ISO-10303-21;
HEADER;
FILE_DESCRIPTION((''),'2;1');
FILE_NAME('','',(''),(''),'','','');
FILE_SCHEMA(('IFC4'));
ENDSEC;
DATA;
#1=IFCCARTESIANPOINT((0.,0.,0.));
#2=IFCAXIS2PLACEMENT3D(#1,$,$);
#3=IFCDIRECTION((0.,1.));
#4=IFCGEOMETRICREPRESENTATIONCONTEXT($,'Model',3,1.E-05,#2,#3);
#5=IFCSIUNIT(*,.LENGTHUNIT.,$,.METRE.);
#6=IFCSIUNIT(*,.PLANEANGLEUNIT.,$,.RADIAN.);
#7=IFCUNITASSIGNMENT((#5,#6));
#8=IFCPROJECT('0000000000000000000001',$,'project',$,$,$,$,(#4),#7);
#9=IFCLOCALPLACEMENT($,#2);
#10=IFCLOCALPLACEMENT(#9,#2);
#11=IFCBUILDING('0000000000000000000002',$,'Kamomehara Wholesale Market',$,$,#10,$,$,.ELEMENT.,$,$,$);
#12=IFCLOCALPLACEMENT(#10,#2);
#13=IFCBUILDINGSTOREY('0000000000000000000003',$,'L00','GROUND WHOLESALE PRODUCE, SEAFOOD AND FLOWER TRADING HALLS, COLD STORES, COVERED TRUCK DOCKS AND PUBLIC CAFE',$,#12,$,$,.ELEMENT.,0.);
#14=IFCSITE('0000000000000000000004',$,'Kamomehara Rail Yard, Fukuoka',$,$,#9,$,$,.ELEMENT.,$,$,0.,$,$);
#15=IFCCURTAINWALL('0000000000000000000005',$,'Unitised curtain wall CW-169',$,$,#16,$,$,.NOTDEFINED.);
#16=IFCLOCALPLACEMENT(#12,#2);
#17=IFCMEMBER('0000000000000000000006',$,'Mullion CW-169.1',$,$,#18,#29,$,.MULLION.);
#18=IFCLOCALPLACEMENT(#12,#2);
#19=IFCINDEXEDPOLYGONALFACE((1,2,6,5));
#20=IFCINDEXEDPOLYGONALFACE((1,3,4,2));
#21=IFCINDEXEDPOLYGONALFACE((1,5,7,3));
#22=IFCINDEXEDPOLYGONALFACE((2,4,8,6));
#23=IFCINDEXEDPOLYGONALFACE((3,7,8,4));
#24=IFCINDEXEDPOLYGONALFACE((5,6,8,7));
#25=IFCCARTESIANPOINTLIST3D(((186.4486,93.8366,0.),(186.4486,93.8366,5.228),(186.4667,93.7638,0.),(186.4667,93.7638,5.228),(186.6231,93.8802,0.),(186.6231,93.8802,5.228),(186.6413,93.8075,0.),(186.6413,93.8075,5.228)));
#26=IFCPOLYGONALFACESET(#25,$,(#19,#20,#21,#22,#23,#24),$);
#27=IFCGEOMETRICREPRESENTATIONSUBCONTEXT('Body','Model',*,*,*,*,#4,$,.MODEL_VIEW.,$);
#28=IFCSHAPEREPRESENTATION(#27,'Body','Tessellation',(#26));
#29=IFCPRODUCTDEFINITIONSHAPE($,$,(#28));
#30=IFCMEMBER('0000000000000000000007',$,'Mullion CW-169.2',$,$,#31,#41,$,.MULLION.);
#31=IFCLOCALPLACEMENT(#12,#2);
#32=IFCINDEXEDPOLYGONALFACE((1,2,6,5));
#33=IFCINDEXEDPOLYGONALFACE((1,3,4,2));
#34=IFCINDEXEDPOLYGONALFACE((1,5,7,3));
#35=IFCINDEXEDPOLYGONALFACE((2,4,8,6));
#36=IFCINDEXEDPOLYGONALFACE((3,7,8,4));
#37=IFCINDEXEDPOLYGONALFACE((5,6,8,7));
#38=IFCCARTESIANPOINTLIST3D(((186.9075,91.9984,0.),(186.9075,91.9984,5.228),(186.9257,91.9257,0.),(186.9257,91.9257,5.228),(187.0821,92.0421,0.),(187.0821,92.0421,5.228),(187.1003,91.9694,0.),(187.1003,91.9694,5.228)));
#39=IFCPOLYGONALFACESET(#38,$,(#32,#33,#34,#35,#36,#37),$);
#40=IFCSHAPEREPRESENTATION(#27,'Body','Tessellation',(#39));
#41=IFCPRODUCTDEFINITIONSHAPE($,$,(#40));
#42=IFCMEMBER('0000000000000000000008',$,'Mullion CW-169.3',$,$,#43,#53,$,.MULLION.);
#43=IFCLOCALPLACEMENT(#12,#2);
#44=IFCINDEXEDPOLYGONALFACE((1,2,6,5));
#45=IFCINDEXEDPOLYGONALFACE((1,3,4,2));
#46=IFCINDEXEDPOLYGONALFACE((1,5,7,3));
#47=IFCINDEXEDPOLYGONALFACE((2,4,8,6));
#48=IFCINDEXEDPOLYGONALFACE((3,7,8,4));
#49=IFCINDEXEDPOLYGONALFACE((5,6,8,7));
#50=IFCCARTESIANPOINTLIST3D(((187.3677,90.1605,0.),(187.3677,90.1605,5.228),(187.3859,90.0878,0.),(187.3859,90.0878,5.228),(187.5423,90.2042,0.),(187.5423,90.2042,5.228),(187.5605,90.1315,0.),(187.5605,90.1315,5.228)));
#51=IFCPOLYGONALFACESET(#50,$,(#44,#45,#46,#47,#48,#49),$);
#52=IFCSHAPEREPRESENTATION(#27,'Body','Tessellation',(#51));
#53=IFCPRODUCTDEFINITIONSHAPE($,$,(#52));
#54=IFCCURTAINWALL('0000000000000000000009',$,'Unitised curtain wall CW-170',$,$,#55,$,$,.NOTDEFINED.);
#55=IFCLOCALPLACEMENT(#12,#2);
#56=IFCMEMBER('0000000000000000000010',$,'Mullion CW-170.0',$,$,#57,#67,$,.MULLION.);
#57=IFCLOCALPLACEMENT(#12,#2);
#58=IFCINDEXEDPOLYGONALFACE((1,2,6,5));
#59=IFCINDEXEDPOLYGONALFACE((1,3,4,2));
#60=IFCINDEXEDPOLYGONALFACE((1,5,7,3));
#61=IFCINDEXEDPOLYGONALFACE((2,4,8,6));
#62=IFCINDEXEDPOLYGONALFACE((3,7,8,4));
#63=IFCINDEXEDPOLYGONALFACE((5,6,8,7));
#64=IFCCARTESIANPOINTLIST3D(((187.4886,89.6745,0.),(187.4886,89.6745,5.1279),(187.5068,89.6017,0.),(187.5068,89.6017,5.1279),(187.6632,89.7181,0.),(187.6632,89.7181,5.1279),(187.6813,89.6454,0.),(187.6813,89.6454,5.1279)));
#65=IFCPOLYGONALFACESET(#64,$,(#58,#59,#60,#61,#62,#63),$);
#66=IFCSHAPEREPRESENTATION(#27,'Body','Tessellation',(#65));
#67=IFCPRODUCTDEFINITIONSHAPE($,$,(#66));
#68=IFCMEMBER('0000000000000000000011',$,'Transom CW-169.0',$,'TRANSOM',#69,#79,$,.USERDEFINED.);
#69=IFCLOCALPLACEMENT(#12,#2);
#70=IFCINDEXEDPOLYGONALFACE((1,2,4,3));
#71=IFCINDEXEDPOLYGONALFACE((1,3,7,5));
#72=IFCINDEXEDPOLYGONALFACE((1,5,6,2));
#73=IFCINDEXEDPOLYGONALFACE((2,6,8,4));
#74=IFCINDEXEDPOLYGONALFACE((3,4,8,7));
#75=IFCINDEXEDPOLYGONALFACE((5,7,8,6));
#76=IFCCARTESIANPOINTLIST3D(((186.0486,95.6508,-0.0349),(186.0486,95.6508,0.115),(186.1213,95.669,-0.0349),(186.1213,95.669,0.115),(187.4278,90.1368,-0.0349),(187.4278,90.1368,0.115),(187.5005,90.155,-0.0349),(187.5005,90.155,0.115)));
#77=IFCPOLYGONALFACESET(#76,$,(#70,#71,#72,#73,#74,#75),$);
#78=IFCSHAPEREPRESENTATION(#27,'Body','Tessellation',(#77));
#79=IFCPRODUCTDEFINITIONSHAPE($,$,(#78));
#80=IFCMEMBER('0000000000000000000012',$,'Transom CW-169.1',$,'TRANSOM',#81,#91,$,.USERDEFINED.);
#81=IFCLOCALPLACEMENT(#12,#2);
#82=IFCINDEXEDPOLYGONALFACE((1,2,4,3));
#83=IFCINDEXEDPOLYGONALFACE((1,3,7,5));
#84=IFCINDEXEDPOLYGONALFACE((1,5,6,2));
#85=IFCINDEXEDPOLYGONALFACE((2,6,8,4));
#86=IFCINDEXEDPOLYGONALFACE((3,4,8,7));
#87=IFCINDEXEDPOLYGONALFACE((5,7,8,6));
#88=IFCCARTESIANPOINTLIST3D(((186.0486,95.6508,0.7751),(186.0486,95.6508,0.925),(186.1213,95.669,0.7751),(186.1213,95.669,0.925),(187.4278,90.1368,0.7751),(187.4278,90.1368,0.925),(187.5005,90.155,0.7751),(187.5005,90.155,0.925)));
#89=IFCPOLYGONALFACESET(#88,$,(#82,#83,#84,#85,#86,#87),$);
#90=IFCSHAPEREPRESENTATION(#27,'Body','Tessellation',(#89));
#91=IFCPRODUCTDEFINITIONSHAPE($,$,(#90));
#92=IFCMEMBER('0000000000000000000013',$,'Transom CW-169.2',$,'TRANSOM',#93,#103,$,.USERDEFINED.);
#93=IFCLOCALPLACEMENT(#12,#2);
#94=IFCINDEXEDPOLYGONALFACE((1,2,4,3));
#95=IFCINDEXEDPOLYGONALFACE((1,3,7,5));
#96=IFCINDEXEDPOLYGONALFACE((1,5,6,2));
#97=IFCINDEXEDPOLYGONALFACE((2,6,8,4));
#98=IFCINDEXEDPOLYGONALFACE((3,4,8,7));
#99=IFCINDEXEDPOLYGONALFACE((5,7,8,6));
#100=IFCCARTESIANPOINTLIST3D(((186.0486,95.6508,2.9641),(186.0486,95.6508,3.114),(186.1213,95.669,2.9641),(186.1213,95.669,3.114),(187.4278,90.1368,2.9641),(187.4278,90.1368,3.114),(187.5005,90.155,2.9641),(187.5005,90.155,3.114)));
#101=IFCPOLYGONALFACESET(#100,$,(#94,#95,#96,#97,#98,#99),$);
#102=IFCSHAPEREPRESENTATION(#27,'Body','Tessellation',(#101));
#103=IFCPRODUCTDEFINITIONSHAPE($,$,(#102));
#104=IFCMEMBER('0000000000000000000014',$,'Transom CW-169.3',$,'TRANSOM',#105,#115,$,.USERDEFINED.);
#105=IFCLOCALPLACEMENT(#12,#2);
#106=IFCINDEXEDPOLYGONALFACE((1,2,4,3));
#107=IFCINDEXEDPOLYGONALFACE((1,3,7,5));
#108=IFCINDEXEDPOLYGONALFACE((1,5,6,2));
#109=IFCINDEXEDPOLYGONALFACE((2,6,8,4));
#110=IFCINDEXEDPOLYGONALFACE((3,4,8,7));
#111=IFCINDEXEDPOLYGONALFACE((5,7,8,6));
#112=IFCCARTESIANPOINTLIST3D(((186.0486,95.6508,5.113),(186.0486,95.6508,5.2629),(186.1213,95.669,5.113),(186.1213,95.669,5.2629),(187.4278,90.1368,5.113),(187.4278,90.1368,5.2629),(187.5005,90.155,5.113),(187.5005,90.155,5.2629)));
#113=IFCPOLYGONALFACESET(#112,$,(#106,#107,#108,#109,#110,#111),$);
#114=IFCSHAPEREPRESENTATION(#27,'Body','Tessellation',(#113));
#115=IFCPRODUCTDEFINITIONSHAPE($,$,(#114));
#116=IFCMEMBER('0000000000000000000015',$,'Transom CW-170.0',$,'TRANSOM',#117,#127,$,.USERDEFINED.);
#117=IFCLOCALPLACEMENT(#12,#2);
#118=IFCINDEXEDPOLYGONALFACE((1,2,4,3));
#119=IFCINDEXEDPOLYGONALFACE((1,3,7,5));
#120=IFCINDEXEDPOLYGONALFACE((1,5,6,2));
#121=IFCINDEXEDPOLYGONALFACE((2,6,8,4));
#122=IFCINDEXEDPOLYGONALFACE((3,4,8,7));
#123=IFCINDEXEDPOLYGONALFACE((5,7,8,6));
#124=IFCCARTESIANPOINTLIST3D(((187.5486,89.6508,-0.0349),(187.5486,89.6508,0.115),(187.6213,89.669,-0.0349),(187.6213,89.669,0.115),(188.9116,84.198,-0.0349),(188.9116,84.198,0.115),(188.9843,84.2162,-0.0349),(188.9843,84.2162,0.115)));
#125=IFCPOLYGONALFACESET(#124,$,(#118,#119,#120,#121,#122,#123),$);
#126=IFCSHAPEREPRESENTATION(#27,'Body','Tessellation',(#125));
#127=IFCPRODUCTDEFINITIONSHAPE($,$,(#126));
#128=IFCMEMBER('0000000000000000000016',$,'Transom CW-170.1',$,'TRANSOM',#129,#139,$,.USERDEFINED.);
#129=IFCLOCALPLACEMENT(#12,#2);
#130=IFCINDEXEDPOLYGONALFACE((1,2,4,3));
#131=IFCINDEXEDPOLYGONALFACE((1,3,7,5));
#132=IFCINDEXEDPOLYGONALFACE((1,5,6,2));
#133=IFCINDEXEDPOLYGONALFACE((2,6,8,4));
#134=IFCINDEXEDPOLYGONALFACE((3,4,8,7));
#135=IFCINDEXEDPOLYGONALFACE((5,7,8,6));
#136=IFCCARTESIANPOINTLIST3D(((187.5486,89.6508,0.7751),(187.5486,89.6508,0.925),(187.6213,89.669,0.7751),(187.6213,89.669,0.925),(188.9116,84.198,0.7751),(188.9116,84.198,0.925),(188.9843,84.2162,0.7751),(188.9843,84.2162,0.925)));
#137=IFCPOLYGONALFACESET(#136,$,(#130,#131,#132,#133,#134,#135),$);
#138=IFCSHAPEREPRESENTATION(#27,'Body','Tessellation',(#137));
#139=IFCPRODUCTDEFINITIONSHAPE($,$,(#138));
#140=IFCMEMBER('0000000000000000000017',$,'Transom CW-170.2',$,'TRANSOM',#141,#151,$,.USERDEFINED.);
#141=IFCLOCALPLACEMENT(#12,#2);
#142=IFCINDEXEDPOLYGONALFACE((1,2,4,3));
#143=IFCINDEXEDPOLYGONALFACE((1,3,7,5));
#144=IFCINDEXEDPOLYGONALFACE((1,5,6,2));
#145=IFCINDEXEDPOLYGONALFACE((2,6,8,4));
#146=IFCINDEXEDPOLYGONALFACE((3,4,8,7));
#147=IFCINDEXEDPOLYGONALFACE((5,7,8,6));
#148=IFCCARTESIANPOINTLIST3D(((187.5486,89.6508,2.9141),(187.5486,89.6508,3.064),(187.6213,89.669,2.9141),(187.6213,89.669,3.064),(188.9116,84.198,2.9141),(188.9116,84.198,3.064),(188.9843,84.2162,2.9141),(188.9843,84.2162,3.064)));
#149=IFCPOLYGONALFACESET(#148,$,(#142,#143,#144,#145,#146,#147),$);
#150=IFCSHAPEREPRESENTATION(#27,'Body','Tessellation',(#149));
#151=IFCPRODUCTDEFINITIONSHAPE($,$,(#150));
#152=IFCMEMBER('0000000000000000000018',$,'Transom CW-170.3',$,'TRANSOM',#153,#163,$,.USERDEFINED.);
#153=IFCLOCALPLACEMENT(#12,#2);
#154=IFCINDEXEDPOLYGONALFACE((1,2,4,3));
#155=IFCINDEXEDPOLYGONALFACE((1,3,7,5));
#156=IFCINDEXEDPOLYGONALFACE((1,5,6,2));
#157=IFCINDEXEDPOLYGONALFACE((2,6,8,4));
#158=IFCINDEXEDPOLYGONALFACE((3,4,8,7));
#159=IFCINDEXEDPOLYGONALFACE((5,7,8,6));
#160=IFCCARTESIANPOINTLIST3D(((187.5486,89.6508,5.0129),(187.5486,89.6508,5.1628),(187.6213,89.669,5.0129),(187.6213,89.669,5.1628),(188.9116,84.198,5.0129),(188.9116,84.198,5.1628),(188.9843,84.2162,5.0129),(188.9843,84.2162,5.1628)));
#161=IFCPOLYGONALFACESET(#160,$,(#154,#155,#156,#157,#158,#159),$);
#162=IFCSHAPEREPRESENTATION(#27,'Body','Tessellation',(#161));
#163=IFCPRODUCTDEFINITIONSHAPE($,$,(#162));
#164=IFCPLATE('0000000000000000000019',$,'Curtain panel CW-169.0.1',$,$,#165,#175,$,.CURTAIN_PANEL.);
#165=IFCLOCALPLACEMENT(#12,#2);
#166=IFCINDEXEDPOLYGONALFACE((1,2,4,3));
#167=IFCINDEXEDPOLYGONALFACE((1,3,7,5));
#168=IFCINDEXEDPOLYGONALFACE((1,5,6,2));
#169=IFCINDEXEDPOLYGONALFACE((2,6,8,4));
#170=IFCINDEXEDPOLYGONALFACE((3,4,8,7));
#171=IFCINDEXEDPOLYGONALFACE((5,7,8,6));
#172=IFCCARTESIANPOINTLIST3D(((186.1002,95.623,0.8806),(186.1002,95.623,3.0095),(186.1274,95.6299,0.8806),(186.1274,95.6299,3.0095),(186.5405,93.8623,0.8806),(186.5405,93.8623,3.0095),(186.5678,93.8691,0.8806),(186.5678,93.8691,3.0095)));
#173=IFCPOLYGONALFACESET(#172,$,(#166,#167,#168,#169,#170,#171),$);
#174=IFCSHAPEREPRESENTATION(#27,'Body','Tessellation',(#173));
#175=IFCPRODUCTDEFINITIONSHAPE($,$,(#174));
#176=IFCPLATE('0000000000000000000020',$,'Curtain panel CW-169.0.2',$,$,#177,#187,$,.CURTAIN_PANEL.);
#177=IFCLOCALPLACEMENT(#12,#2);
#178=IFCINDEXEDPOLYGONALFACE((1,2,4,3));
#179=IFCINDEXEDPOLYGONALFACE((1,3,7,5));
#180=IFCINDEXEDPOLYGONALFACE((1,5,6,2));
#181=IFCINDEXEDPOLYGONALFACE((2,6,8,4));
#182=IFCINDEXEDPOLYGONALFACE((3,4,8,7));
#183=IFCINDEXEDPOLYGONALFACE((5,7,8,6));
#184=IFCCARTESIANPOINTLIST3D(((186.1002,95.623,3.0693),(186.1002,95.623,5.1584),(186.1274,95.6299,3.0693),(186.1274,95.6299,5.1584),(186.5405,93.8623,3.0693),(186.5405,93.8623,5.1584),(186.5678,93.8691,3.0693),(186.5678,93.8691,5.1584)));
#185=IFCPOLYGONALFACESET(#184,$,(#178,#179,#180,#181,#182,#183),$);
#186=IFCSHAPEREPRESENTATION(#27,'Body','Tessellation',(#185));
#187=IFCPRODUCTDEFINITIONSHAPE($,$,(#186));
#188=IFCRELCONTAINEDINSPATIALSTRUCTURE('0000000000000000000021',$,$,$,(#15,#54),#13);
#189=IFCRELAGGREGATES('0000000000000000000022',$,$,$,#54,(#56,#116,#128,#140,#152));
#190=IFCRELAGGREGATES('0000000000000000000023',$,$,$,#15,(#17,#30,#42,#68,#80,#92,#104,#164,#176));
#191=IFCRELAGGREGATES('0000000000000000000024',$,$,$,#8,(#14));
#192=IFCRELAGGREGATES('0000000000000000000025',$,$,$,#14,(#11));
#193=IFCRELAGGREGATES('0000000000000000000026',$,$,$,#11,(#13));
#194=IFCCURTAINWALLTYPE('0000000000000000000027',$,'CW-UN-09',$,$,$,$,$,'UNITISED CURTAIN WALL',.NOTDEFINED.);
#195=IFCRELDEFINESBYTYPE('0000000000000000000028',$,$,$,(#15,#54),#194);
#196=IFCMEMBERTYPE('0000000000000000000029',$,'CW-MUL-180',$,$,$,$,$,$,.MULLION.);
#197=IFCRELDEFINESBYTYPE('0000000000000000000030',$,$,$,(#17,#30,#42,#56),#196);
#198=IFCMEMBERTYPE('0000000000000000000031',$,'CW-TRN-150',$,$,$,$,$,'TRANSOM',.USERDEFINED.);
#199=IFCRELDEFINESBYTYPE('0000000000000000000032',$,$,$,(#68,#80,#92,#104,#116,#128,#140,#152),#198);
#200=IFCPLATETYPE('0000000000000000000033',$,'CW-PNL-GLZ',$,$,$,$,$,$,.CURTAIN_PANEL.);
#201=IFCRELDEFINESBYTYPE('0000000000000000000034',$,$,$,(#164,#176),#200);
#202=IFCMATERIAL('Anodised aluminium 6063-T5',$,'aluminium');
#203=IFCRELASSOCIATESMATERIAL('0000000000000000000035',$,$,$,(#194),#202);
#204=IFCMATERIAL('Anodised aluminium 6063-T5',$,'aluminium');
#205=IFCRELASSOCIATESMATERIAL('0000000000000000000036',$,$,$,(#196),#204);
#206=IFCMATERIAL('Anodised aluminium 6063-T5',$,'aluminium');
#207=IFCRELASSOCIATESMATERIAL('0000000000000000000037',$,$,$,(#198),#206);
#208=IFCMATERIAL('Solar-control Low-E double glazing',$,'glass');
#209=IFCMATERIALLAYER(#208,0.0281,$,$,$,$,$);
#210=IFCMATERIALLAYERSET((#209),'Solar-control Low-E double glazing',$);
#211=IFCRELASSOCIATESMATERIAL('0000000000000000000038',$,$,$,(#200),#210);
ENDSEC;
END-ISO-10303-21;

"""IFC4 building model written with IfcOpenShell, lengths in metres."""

from ifc_helpers import new_model, si_unit, direction, frame, origin, origin_2d, place, context, subcontext, project, spatial, rectangle, extrude, material, layer, layer_set, material_profile, profile_set, type_object, element, aggregate, save


model = new_model("IFC4")

# Units and contexts
model_context = context("Model", 3, precision=1e-05, world=origin(), true_north=direction((0.0, 1.0)))
body_context = subcontext(model_context, "Body", "Model", "MODEL_VIEW")
ifc_project = project(units=[si_unit("LENGTHUNIT", "METRE"), si_unit("PLANEANGLEUNIT", "RADIAN")], contexts=[model_context])

# Site, building, storey
site_placement = place(None, origin())
site = spatial("IfcSite", under=ifc_project, at=site_placement, Name="Kamomehara Rail Yard, Fukuoka", CompositionType="ELEMENT", RefElevation=0.0)
building_placement = place(site_placement, origin())
building = spatial("IfcBuilding", under=site, at=building_placement, Name="Kamomehara Wholesale Market", CompositionType="ELEMENT")
storey_placement = place(building_placement, origin())
storey = spatial("IfcBuildingStorey", under=building, at=storey_placement, Name="L00", Description="GROUND WHOLESALE PRODUCE, SEAFOOD AND FLOWER TRADING HALLS, COLD STORES, COVERED TRUCK DOCKS AND PUBLIC CAFE", CompositionType="ELEMENT", Elevation=0.0)

# Curtain wall, members
ifc_material_1 = material(Name="Anodised aluminium 6063-T5", Category="aluminium")
curtain_wall_type = type_object("IfcCurtainWallType", Name="CW-UN-09", ElementType="UNITISED CURTAIN WALL", PredefinedType="NOTDEFINED", material=ifc_material_1)
curtain_wall_1_placement = place(storey_placement, origin())
curtain_wall_1 = element("IfcCurtainWall", 1, at=curtain_wall_1_placement, inside=storey, type_object=curtain_wall_type, Name="Unitised curtain wall CW-169", PredefinedType="NOTDEFINED")
ifc_material_2 = material(Name="Anodised aluminium 6063-T5", Category="aluminium")
ifc_material_profile_1 = material_profile(ifc_material_2, rectangle(XDim=0.075, YDim=0.1799, at=origin_2d()), Name="ALU-MUL-75x180")
ifc_profile_set_1 = profile_set([ifc_material_profile_1], Name="Anodised aluminium 6063-T5")
member_type_1 = type_object("IfcMemberType", Name="CW-MUL-180", PredefinedType="MULLION", material=ifc_profile_set_1)
member_1_placement = place(storey_placement, frame((186.5449, 93.822, 0.0), z_axis=(0.0, 0.0, 1.0), x_axis=(0.242618, -0.970122, 0.0)))
member_1 = element("IfcMember", 2, at=member_1_placement, type_object=member_type_1, Name="Mullion CW-169.1", PredefinedType="MULLION", context=body_context, shape_type="SweptSolid", body=[
    extrude(rectangle(XDim=0.075, YDim=0.1799, at=origin_2d()), origin(), (0.0, 0.0, 1.0), 5.228),
])
member_2_placement = place(storey_placement, frame((187.0039, 91.9839, 0.0), z_axis=(0.0, 0.0, 1.0), x_axis=(0.242618, -0.970122, 0.0)))
member_2 = element("IfcMember", 3, at=member_2_placement, type_object=member_type_1, Name="Mullion CW-169.2", PredefinedType="MULLION", context=body_context, shape_type="SweptSolid", body=[
    extrude(rectangle(XDim=0.075, YDim=0.1799, at=origin_2d()), origin(), (0.0, 0.0, 1.0), 5.228),
])
member_3_placement = place(storey_placement, frame((187.4641, 90.146, 0.0), z_axis=(0.0, 0.0, 1.0), x_axis=(0.242618, -0.970122, 0.0)))
member_3 = element("IfcMember", 4, at=member_3_placement, type_object=member_type_1, Name="Mullion CW-169.3", PredefinedType="MULLION", context=body_context, shape_type="SweptSolid", body=[
    extrude(rectangle(XDim=0.075, YDim=0.1799, at=origin_2d()), origin(), (0.0, 0.0, 1.0), 5.228),
])

# Curtain wall, member
curtain_wall_2_placement = place(storey_placement, origin())
curtain_wall_2 = element("IfcCurtainWall", 5, at=curtain_wall_2_placement, inside=storey, type_object=curtain_wall_type, Name="Unitised curtain wall CW-170", PredefinedType="NOTDEFINED")
member_4_placement = place(storey_placement, frame((187.585, 89.6599, 0.0), z_axis=(0.0, 0.0, 1.0), x_axis=(0.242494, -0.970153, 0.0)))
member_4 = element("IfcMember", 6, at=member_4_placement, type_object=member_type_1, Name="Mullion CW-170.0", PredefinedType="MULLION", context=body_context, shape_type="SweptSolid", body=[
    extrude(rectangle(XDim=0.075, YDim=0.1799, at=origin_2d()), origin(), (0.0, 0.0, 1.0), 5.1279),
])

# Members
ifc_material_3 = material(Name="Anodised aluminium 6063-T5", Category="aluminium")
ifc_material_profile_2 = material_profile(ifc_material_3, rectangle(XDim=0.075, YDim=0.1499, at=origin_2d()), Name="ALU-TRN-75x150")
ifc_profile_set_2 = profile_set([ifc_material_profile_2], Name="Anodised aluminium 6063-T5")
member_type_2 = type_object("IfcMemberType", Name="CW-TRN-150", ElementType="TRANSOM", PredefinedType="USERDEFINED", material=ifc_profile_set_2)
member_5_placement = place(storey_placement, frame((186.085, 95.6599, 0.04), z_axis=(0.242647, -0.970115, 0.0), x_axis=(0.970115, 0.242647, 0.0)))
member_5 = element("IfcMember", 7, at=member_5_placement, type_object=member_type_2, Name="Transom CW-169.0", ObjectType="TRANSOM", PredefinedType="USERDEFINED", context=body_context, shape_type="SweptSolid", body=[
    extrude(rectangle(XDim=0.075, YDim=0.1499, at=origin_2d()), origin(), (0.0, 0.0, 1.0), 5.6838),
])
member_6_placement = place(storey_placement, frame((186.085, 95.6599, 0.8501), z_axis=(0.242647, -0.970115, 0.0), x_axis=(0.970115, 0.242647, 0.0)))
member_6 = element("IfcMember", 8, at=member_6_placement, type_object=member_type_2, Name="Transom CW-169.1", ObjectType="TRANSOM", PredefinedType="USERDEFINED", context=body_context, shape_type="SweptSolid", body=[
    extrude(rectangle(XDim=0.075, YDim=0.1499, at=origin_2d()), origin(), (0.0, 0.0, 1.0), 5.6838),
])
member_7_placement = place(storey_placement, frame((186.085, 95.6599, 3.0391), z_axis=(0.242647, -0.970115, 0.0), x_axis=(0.970115, 0.242647, 0.0)))
member_7 = element("IfcMember", 9, at=member_7_placement, type_object=member_type_2, Name="Transom CW-169.2", ObjectType="TRANSOM", PredefinedType="USERDEFINED", context=body_context, shape_type="SweptSolid", body=[
    extrude(rectangle(XDim=0.075, YDim=0.1499, at=origin_2d()), origin(), (0.0, 0.0, 1.0), 5.6838),
])
member_8_placement = place(storey_placement, frame((186.085, 95.6599, 5.188), z_axis=(0.242647, -0.970115, 0.0), x_axis=(0.970115, 0.242647, 0.0)))
member_8 = element("IfcMember", 10, at=member_8_placement, type_object=member_type_2, Name="Transom CW-169.3", ObjectType="TRANSOM", PredefinedType="USERDEFINED", context=body_context, shape_type="SweptSolid", body=[
    extrude(rectangle(XDim=0.075, YDim=0.1499, at=origin_2d()), origin(), (0.0, 0.0, 1.0), 5.6838),
])
member_9_placement = place(storey_placement, frame((187.585, 89.6599, 0.04), z_axis=(0.242505, -0.97015, 0.0), x_axis=(0.97015, 0.242505, 0.0)))
member_9 = element("IfcMember", 11, at=member_9_placement, type_object=member_type_2, Name="Transom CW-170.0", ObjectType="TRANSOM", PredefinedType="USERDEFINED", context=body_context, shape_type="SweptSolid", body=[
    extrude(rectangle(XDim=0.075, YDim=0.1499, at=origin_2d()), origin(), (0.0, 0.0, 1.0), 5.6206),
])
member_10_placement = place(storey_placement, frame((187.585, 89.6599, 0.8501), z_axis=(0.242505, -0.97015, 0.0), x_axis=(0.97015, 0.242505, 0.0)))
member_10 = element("IfcMember", 12, at=member_10_placement, type_object=member_type_2, Name="Transom CW-170.1", ObjectType="TRANSOM", PredefinedType="USERDEFINED", context=body_context, shape_type="SweptSolid", body=[
    extrude(rectangle(XDim=0.075, YDim=0.1499, at=origin_2d()), origin(), (0.0, 0.0, 1.0), 5.6206),
])
member_11_placement = place(storey_placement, frame((187.585, 89.6599, 2.989), z_axis=(0.242505, -0.97015, 0.0), x_axis=(0.97015, 0.242505, 0.0)))
member_11 = element("IfcMember", 13, at=member_11_placement, type_object=member_type_2, Name="Transom CW-170.2", ObjectType="TRANSOM", PredefinedType="USERDEFINED", context=body_context, shape_type="SweptSolid", body=[
    extrude(rectangle(XDim=0.075, YDim=0.1499, at=origin_2d()), origin(), (0.0, 0.0, 1.0), 5.6206),
])
member_12_placement = place(storey_placement, frame((187.585, 89.6599, 5.0879), z_axis=(0.242505, -0.97015, 0.0), x_axis=(0.97015, 0.242505, 0.0)))
member_12 = element("IfcMember", 14, at=member_12_placement, type_object=member_type_2, Name="Transom CW-170.3", ObjectType="TRANSOM", PredefinedType="USERDEFINED", context=body_context, shape_type="SweptSolid", body=[
    extrude(rectangle(XDim=0.075, YDim=0.1499, at=origin_2d()), origin(), (0.0, 0.0, 1.0), 5.6206),
])
aggregate(curtain_wall_2, [member_4, member_9, member_10, member_11, member_12])

# Plates
ifc_material_4 = material(Name="Solar-control Low-E double glazing", Category="glass")
ifc_layer_1 = layer(ifc_material_4, 0.0281)
ifc_layer_set_1 = layer_set([ifc_layer_1], Name="Solar-control Low-E double glazing")
plate_type_1 = type_object("IfcPlateType", Name="CW-PNL-GLZ", PredefinedType="CURTAIN_PANEL", material=ifc_layer_set_1)
plate_1_placement = place(storey_placement, frame((186.334, 94.7461, 0.8806), z_axis=(0.0, 0.0, 1.0), x_axis=(0.242616, -0.970122, 0.0)))
plate_1 = element("IfcPlate", 15, at=plate_1_placement, type_object=plate_type_1, Name="Curtain panel CW-169.0.1", PredefinedType="CURTAIN_PANEL", context=body_context, shape_type="SweptSolid", body=[
    extrude(rectangle(XDim=1.8149, YDim=0.0281, at=origin_2d()), origin(), (0.0, 0.0, 1.0), 2.1289),
])
plate_2_placement = place(storey_placement, frame((186.334, 94.7461, 3.0693), z_axis=(0.0, 0.0, 1.0), x_axis=(0.242616, -0.970122, 0.0)))
plate_2 = element("IfcPlate", 16, at=plate_2_placement, type_object=plate_type_1, Name="Curtain panel CW-169.0.2", PredefinedType="CURTAIN_PANEL", context=body_context, shape_type="SweptSolid", body=[
    extrude(rectangle(XDim=1.8149, YDim=0.0281, at=origin_2d()), origin(), (0.0, 0.0, 1.0), 2.0891),
])
aggregate(curtain_wall_1, [member_1, member_2, member_3, member_5, member_6, member_7, member_8, plate_1, plate_2])

save(model, "model.ifc")
